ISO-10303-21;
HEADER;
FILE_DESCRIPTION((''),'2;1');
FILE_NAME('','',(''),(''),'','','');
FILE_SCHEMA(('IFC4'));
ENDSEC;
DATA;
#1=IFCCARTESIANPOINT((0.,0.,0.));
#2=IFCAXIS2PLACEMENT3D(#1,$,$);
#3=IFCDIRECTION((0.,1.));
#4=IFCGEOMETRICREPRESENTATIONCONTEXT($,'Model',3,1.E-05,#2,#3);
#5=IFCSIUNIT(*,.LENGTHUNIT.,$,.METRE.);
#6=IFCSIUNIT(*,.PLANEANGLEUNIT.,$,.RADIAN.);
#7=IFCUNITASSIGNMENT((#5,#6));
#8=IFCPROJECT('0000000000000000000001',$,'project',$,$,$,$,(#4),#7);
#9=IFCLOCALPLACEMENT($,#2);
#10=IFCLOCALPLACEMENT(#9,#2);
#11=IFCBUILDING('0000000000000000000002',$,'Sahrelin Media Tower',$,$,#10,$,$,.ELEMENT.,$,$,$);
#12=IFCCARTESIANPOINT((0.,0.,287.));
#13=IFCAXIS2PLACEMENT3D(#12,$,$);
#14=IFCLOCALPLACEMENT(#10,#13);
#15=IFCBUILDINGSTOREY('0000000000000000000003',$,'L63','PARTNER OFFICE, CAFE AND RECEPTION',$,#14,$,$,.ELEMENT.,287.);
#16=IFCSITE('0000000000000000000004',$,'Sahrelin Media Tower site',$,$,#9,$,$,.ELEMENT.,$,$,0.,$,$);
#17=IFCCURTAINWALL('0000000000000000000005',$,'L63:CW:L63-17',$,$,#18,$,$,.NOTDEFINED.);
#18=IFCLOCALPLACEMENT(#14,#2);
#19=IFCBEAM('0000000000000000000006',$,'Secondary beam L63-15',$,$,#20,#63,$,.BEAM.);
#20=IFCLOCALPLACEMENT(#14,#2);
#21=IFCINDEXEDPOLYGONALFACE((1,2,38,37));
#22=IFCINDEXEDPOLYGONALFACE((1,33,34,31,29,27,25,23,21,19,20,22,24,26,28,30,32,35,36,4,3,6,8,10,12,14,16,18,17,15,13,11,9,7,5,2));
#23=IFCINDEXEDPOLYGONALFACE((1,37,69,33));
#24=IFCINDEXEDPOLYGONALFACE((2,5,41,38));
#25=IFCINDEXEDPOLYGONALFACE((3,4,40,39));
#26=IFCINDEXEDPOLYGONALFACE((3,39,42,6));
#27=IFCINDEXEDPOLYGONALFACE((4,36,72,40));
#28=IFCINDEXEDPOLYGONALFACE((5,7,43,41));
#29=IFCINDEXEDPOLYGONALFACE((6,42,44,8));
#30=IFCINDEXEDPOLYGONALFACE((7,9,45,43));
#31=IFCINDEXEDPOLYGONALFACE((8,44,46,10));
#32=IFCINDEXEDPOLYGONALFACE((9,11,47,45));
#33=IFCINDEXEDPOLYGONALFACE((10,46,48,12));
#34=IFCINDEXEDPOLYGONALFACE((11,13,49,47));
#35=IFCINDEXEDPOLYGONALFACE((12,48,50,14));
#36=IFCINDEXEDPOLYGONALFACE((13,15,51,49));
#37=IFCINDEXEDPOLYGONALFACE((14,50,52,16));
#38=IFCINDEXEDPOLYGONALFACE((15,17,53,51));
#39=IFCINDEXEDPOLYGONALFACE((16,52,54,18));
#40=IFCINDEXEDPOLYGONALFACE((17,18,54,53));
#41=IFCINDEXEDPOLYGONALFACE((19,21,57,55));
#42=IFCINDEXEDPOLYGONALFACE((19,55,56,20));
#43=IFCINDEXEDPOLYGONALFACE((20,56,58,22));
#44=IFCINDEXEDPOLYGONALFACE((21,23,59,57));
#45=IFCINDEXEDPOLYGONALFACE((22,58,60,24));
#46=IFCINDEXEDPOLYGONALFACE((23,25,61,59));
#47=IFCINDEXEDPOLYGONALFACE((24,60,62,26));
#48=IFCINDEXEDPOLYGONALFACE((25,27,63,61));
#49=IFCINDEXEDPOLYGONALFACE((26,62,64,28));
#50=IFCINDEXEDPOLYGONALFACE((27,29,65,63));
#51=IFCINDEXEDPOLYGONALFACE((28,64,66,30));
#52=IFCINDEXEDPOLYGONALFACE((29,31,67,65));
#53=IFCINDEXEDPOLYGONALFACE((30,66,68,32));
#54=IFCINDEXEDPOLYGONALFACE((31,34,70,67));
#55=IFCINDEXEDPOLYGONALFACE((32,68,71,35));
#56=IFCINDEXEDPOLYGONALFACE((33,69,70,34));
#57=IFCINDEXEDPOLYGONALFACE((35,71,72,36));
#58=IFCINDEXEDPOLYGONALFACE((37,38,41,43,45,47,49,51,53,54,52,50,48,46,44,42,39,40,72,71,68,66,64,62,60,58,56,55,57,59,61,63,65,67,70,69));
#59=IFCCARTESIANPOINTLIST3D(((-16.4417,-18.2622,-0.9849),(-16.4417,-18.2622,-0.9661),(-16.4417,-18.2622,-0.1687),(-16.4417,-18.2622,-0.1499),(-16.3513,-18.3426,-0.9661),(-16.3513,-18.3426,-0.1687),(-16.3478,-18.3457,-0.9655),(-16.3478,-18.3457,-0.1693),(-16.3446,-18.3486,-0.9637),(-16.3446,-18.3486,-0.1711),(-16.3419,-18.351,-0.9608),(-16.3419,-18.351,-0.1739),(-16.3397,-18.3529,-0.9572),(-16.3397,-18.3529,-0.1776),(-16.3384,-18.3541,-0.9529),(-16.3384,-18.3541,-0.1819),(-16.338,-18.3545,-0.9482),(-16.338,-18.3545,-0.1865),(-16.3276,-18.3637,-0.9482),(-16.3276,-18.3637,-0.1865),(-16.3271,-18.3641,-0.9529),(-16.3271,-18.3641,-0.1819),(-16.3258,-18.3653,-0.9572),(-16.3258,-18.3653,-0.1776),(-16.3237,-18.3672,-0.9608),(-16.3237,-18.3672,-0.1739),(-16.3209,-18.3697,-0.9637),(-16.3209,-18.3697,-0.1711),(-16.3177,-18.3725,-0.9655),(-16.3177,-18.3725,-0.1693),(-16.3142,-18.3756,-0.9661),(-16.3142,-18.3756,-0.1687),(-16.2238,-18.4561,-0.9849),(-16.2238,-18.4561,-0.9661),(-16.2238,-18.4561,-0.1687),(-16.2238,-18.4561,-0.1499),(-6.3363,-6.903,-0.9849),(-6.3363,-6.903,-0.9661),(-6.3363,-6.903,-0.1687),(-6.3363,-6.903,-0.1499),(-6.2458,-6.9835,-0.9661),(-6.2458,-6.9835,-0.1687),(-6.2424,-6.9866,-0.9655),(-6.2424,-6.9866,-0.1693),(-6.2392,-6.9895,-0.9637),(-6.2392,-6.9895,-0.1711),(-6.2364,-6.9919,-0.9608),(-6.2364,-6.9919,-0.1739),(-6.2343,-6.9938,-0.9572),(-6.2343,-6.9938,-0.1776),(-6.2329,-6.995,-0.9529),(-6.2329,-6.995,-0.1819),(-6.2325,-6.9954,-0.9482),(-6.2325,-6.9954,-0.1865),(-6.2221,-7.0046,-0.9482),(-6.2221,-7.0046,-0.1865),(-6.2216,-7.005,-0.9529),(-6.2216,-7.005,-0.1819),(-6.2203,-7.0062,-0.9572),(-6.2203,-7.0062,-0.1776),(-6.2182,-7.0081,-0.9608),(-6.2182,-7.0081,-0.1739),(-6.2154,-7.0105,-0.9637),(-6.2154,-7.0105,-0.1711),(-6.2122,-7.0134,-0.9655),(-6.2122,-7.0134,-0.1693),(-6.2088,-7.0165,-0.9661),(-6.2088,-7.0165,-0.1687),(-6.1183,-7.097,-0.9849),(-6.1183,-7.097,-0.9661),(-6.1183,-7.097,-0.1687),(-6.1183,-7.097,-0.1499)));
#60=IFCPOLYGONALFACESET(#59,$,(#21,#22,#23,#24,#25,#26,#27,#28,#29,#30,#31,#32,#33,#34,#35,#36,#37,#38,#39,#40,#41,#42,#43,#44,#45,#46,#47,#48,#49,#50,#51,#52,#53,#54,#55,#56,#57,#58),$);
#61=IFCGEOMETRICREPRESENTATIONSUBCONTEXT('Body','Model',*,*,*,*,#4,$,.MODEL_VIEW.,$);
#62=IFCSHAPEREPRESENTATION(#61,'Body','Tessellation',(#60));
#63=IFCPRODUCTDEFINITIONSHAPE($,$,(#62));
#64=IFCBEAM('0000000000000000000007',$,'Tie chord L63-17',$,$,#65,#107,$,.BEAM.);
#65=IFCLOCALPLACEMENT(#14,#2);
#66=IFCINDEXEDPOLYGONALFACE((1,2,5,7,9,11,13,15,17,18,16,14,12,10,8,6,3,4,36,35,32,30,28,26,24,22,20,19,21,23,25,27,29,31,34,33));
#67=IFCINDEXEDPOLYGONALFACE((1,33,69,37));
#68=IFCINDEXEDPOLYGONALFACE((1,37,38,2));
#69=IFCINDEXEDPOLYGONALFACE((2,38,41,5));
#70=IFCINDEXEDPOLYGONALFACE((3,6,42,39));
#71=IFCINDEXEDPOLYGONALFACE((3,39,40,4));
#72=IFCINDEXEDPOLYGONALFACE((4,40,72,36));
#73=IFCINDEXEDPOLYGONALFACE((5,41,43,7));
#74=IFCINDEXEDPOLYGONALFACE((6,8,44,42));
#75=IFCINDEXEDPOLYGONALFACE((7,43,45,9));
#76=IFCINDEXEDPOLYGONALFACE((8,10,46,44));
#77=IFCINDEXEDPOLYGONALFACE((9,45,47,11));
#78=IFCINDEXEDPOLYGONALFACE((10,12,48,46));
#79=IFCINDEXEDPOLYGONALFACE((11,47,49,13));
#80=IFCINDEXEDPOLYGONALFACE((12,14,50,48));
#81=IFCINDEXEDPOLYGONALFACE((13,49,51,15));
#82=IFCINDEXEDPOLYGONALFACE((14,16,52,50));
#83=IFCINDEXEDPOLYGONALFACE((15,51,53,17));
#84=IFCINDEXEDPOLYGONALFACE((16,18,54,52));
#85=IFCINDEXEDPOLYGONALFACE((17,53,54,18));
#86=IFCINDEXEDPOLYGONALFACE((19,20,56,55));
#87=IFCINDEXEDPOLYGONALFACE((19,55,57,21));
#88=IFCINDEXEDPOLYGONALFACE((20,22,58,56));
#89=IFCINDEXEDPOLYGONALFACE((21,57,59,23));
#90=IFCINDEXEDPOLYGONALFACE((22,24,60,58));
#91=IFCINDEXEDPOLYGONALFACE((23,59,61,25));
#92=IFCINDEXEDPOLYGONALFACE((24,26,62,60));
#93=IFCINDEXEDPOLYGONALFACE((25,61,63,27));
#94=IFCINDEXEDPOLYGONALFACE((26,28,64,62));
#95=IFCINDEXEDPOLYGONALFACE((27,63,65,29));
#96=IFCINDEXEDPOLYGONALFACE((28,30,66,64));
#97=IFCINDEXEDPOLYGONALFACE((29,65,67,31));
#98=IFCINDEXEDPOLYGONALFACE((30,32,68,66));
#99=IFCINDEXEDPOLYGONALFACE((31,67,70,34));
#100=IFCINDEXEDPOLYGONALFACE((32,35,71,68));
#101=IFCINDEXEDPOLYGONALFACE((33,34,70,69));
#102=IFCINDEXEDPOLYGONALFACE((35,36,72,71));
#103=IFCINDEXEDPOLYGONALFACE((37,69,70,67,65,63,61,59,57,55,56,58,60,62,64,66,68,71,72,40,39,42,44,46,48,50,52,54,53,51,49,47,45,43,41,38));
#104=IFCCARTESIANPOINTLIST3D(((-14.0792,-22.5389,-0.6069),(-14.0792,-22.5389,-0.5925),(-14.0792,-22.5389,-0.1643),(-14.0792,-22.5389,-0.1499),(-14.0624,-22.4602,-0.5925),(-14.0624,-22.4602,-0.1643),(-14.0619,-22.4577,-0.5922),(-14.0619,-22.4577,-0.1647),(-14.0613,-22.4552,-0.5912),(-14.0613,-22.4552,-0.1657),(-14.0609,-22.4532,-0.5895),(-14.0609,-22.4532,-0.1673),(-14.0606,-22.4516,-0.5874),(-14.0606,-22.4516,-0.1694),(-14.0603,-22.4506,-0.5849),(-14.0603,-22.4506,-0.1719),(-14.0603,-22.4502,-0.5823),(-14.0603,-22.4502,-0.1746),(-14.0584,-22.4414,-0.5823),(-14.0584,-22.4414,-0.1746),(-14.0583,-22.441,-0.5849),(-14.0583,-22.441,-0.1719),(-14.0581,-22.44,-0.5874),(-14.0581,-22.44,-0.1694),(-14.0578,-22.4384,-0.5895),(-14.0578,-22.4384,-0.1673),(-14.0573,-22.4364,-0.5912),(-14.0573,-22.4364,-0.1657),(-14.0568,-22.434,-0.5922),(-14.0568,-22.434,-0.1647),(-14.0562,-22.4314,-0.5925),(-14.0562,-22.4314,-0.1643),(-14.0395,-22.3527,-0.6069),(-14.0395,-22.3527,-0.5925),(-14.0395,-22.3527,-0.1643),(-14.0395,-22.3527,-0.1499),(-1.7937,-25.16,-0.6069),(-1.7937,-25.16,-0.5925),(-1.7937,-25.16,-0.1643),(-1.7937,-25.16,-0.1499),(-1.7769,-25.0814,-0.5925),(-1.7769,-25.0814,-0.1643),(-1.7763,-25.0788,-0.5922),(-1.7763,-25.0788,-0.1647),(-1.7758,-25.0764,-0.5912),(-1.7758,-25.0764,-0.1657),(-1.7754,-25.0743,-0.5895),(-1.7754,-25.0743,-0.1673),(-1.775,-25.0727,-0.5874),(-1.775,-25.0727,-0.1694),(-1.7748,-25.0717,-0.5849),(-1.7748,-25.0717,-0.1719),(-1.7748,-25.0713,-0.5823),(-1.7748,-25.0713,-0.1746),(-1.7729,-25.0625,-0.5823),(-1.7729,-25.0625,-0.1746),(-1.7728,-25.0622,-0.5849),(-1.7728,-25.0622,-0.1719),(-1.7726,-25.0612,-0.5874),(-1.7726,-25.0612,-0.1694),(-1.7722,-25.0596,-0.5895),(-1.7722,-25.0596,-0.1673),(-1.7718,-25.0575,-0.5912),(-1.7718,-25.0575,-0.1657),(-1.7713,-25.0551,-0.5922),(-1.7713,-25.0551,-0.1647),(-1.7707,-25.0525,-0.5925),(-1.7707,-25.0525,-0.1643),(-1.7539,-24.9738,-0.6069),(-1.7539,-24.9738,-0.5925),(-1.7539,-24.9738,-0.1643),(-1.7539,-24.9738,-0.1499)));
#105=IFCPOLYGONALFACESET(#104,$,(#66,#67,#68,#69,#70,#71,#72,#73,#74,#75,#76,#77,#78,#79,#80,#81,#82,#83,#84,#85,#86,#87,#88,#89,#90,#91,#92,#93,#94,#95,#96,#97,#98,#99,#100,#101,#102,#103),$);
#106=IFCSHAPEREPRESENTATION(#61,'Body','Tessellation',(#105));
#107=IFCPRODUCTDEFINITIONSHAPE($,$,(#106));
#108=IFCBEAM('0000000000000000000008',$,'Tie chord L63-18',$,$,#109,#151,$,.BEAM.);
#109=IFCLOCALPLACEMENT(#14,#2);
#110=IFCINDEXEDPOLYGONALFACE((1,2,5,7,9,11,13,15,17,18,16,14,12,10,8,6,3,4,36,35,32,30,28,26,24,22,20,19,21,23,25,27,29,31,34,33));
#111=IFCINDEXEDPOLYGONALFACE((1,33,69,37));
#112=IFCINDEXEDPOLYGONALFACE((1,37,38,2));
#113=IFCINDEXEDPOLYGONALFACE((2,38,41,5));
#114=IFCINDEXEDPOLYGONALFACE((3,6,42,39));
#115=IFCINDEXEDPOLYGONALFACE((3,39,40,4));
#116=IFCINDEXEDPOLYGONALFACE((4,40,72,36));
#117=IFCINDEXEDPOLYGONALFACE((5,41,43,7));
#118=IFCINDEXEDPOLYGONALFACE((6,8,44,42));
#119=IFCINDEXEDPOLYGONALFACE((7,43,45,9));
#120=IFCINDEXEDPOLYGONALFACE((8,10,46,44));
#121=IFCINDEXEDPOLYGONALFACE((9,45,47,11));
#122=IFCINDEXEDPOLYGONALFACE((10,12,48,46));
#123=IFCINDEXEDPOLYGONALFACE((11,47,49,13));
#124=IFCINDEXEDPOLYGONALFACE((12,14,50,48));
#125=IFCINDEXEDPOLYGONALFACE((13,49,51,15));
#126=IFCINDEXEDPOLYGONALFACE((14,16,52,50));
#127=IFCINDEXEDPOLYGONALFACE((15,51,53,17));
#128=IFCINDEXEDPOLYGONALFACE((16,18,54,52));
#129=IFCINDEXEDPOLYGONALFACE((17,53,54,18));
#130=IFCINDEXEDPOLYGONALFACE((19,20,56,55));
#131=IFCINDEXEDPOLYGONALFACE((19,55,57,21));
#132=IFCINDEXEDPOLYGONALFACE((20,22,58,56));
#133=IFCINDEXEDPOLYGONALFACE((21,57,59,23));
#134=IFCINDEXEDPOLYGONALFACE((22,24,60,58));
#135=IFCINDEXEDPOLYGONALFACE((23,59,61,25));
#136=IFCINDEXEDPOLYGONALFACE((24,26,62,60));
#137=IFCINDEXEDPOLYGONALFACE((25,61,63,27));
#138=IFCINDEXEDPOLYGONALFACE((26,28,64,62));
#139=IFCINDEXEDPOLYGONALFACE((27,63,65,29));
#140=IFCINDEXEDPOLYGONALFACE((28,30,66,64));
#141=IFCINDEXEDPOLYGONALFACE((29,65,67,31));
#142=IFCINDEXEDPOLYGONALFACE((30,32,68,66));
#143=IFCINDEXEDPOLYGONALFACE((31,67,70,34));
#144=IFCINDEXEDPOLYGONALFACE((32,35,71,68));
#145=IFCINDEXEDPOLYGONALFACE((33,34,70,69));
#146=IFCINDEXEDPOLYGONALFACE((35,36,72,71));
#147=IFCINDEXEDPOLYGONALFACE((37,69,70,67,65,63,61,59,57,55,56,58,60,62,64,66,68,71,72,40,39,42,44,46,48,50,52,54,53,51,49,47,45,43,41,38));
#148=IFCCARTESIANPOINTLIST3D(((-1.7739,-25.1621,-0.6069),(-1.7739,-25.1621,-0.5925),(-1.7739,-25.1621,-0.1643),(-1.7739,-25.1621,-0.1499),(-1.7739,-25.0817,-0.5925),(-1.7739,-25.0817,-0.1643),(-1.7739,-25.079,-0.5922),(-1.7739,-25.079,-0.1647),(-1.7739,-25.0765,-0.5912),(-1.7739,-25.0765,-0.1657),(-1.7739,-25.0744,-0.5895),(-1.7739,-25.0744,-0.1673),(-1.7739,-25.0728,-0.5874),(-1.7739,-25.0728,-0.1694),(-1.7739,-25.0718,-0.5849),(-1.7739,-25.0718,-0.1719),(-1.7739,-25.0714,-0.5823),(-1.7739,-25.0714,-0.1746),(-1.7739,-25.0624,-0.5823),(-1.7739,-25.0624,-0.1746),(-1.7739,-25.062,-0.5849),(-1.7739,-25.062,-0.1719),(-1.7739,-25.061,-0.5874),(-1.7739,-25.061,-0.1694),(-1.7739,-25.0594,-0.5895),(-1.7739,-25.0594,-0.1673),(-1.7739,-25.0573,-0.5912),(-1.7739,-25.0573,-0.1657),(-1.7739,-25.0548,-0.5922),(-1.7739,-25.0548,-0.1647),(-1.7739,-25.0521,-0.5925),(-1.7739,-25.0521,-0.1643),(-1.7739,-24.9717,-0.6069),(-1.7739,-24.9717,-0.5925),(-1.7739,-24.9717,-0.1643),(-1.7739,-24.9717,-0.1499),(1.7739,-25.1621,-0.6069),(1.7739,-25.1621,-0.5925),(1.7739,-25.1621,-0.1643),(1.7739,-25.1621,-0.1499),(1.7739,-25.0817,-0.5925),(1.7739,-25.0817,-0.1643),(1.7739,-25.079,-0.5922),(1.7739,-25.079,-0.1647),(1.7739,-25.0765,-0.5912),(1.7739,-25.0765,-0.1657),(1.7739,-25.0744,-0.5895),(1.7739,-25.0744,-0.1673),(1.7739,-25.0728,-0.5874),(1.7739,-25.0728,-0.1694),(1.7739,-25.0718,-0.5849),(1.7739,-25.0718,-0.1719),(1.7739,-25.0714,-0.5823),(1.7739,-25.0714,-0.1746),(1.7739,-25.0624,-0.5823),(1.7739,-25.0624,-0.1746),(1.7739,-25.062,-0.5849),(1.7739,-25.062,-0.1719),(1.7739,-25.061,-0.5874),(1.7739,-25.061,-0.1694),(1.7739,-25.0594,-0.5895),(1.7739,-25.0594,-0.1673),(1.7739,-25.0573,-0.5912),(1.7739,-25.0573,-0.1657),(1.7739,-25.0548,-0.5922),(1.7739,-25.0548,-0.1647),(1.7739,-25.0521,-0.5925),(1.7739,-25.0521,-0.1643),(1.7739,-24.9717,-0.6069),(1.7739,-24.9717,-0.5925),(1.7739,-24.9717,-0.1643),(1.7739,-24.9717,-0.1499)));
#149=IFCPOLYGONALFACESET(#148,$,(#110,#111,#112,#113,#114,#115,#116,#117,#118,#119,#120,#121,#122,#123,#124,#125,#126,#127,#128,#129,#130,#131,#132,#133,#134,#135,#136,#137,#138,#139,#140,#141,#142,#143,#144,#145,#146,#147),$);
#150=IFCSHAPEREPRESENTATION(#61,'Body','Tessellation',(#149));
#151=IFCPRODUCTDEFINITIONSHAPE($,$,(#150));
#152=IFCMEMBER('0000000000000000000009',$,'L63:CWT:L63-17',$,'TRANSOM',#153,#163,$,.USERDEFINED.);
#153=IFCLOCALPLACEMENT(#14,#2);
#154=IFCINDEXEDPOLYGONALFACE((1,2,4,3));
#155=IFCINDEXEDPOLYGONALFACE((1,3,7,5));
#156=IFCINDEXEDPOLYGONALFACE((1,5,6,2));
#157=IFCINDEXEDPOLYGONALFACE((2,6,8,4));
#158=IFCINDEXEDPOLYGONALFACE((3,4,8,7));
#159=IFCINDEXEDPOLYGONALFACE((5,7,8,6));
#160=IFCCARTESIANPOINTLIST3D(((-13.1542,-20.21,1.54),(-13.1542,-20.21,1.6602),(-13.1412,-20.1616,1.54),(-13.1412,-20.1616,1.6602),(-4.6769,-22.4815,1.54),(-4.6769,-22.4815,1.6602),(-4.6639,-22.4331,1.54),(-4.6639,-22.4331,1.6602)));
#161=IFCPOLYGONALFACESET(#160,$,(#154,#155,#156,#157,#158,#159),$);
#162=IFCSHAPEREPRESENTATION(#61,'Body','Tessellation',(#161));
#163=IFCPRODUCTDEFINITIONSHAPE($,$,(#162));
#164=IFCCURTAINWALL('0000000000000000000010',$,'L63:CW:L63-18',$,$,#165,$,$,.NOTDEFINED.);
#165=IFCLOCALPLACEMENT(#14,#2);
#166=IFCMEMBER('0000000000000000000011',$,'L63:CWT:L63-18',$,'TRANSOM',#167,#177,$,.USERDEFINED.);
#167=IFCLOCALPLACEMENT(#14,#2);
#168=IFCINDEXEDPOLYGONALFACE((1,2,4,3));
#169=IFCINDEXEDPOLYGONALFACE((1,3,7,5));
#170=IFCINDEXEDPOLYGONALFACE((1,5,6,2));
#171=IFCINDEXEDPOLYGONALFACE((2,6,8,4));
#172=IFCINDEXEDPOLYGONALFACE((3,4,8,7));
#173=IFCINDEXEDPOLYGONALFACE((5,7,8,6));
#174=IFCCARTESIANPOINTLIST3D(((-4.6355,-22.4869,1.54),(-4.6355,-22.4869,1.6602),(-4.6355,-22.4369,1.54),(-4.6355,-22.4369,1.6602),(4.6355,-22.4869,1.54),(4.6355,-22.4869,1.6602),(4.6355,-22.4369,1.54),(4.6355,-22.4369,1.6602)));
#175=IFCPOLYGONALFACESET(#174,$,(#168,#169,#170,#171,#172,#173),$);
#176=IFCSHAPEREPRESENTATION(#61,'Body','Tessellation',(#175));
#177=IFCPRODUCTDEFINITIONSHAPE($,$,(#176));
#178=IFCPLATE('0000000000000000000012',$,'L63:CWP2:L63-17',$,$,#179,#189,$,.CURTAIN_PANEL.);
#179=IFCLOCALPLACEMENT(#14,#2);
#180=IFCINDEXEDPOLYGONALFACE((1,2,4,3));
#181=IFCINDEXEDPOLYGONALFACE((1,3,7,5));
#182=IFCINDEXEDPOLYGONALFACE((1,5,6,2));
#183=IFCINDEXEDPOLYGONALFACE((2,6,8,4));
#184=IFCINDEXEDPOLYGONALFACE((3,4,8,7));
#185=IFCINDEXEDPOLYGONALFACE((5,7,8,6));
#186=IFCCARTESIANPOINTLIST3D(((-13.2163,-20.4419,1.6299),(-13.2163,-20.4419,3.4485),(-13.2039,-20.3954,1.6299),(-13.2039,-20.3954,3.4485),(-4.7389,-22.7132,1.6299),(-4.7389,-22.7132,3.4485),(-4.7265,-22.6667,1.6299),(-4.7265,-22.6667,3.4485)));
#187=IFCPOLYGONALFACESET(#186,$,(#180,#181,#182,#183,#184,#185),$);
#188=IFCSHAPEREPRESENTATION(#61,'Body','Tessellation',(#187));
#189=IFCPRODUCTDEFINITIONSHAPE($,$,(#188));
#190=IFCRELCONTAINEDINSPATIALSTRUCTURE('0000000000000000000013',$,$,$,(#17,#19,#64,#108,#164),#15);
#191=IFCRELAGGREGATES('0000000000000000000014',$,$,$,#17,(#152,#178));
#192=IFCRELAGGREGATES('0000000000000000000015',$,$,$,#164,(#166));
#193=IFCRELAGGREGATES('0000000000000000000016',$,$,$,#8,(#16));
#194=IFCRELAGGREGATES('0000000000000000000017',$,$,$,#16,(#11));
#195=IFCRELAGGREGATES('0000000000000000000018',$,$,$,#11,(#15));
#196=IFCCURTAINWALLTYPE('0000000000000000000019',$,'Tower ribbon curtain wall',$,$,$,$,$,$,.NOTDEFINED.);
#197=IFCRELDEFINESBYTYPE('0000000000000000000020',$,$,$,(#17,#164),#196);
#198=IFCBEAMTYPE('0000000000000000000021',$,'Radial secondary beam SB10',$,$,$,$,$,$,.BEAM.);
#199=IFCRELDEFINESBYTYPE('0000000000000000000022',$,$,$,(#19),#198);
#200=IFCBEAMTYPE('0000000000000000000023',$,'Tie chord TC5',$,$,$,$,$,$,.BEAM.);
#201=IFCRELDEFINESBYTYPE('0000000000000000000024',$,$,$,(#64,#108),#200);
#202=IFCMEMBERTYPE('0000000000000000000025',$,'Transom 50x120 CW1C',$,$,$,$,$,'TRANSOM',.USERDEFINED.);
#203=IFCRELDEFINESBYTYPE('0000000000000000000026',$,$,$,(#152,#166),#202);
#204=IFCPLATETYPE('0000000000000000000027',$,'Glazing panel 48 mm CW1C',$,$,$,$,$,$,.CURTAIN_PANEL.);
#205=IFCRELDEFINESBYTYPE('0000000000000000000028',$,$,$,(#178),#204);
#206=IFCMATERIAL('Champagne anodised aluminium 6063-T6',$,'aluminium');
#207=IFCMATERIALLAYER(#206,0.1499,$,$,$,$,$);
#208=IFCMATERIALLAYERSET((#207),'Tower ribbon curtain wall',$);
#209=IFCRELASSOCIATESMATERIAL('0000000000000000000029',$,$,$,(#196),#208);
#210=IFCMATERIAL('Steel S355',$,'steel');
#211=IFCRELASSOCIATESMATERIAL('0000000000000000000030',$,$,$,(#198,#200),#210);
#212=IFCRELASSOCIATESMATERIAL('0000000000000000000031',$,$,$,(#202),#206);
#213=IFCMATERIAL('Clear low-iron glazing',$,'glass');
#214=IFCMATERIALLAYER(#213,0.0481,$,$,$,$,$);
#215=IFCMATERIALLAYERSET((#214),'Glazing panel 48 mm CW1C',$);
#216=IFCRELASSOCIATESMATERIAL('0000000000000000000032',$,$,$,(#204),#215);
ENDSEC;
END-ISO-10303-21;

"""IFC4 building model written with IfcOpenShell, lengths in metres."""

from ifc_helpers import new_model, si_unit, direction, frame, origin, origin_2d, place, context, subcontext, project, spatial, polyline, rectangle, i_section, outline, extrude, material, layer, layer_set, material_profile, profile_set, type_object, element, aggregate, save


model = new_model("IFC4")

# Units and contexts
model_context = context("Model", 3, precision=1e-05, world=origin(), true_north=direction((0.0, 1.0)))
body_context = subcontext(model_context, "Body", "Model", "MODEL_VIEW")
ifc_project = project(units=[si_unit("LENGTHUNIT", "METRE"), si_unit("PLANEANGLEUNIT", "RADIAN")], contexts=[model_context])

# Site, building, storey
site_placement = place(None, origin())
site = spatial("IfcSite", under=ifc_project, at=site_placement, Name="Sahrelin Media Tower site", CompositionType="ELEMENT", RefElevation=0.0)
building_placement = place(site_placement, origin())
building = spatial("IfcBuilding", under=site, at=building_placement, Name="Sahrelin Media Tower", CompositionType="ELEMENT")
storey_placement = place(building_placement, frame((0.0, 0.0, 287.0)))
storey = spatial("IfcBuildingStorey", under=building, at=storey_placement, Name="L63", Description="PARTNER OFFICE, CAFE AND RECEPTION", CompositionType="ELEMENT", Elevation=287.0)

# Shared definitions
ifc_material_1 = material(Name="Steel S355", Category="steel")

# Curtain wall
ifc_material_2 = material(Name="Champagne anodised aluminium 6063-T6", Category="aluminium")
ifc_layer_1 = layer(ifc_material_2, 0.1499)
ifc_layer_set_1 = layer_set([ifc_layer_1], Name="Tower ribbon curtain wall")
curtain_wall_type = type_object("IfcCurtainWallType", Name="Tower ribbon curtain wall", PredefinedType="NOTDEFINED", material=ifc_layer_set_1)
curtain_wall_1_placement = place(storey_placement, frame((-8.9724, -21.5581, 0.0), z_axis=(0.0, 0.0, 1.0), x_axis=(1.0, 0.0, 0.0)))
curtain_wall_1 = element("IfcCurtainWall", 1, at=curtain_wall_1_placement, inside=storey, type_object=curtain_wall_type, Name="L63:CW:L63-17", PredefinedType="NOTDEFINED")

# Beams
ifc_material_profile_1 = material_profile(ifc_material_1, i_section(OverallWidth=0.2917, OverallDepth=0.835, WebThickness=0.0139, FlangeThickness=0.0188, FilletRadius=0.0178, at=origin_2d()), Name="UB 838x292x176")
ifc_profile_set_1 = profile_set([ifc_material_profile_1], Name="Steel S355")
beam_type_1 = type_object("IfcBeamType", Name="Radial secondary beam SB10", PredefinedType="BEAM", material=ifc_profile_set_1)
beam_1_placement = place(storey_placement, frame((-6.2273, -7.0, -0.5674), z_axis=(-0.664675, -0.747133, 0.0), x_axis=(0.747133, -0.664675, 0.0)))
element("IfcBeam", 2, at=beam_1_placement, inside=storey, type_object=beam_type_1, Name="Secondary beam L63-15", PredefinedType="BEAM", context=body_context, shape_type="SweptSolid", body=[
    extrude(i_section(OverallWidth=0.2917, OverallDepth=0.835, WebThickness=0.0139, FlangeThickness=0.0188, FilletRadius=0.0178, at=origin_2d()), origin(), (0.0, 0.0, 1.0), 15.2036),
])
ifc_material_profile_2 = material_profile(ifc_material_1, i_section(OverallWidth=0.1904, OverallDepth=0.457, WebThickness=0.009, FlangeThickness=0.0144, FilletRadius=0.0103, at=origin_2d()), Name="UB 457x191x74")
ifc_profile_set_2 = profile_set([ifc_material_profile_2], Name="Steel S355")
beam_type_2 = type_object("IfcBeamType", Name="Tie chord TC5", PredefinedType="BEAM", material=ifc_profile_set_2)
beam_2_placement = place(storey_placement, frame((-14.0593, -22.4458, -0.3784), z_axis=(0.977989, -0.208654, 0.0), x_axis=(0.208654, 0.977989, 0.0)))
element("IfcBeam", 3, at=beam_2_placement, inside=storey, type_object=beam_type_2, Name="Tie chord L63-17", PredefinedType="BEAM", context=body_context, shape_type="SweptSolid", body=[
    extrude(i_section(OverallWidth=0.1904, OverallDepth=0.457, WebThickness=0.009, FlangeThickness=0.0144, FilletRadius=0.0103, at=origin_2d()), origin(), (0.0, 0.0, 1.0), 12.562),
])
beam_3_placement = place(storey_placement, frame((-1.7739, -25.0669, -0.3784), z_axis=(1.0, 0.0, 0.0), x_axis=(0.0, 1.0, 0.0)))
element("IfcBeam", 4, at=beam_3_placement, inside=storey, type_object=beam_type_2, Name="Tie chord L63-18", PredefinedType="BEAM", context=body_context, shape_type="SweptSolid", body=[
    extrude(i_section(OverallWidth=0.1904, OverallDepth=0.457, WebThickness=0.009, FlangeThickness=0.0144, FilletRadius=0.0103, at=origin_2d()), origin(), (0.0, 0.0, 1.0), 3.5479),
])

# Member
ifc_material_profile_3 = material_profile(ifc_material_2, rectangle(XDim=0.05, YDim=0.1201, at=origin_2d()), Name="Transom 50x120")
ifc_profile_set_3 = profile_set([ifc_material_profile_3], Name="Champagne anodised aluminium 6063-T6")
member_type_1 = type_object("IfcMemberType", Name="Transom 50x120 CW1C", ElementType="TRANSOM", PredefinedType="USERDEFINED", material=ifc_profile_set_3)
member_1_placement = place(storey_placement, frame((-13.1477, -20.1858, 1.6001), z_axis=(0.965926, -0.258819, 0.0), x_axis=(0.258819, 0.965926, 0.0)))
member_1 = element("IfcMember", 5, at=member_1_placement, type_object=member_type_1, Name="L63:CWT:L63-17", ObjectType="TRANSOM", PredefinedType="USERDEFINED", context=body_context, shape_type="SweptSolid", body=[
    extrude(rectangle(XDim=0.05, YDim=0.1201, at=origin_2d()), origin(), (0.0, 0.0, 1.0), 8.7764),
])

# Curtain wall, member
curtain_wall_2_placement = place(storey_placement, frame((0.0, -22.7068, 0.0), z_axis=(0.0, 0.0, 1.0), x_axis=(1.0, 0.0, 0.0)))
curtain_wall_2 = element("IfcCurtainWall", 6, at=curtain_wall_2_placement, inside=storey, type_object=curtain_wall_type, Name="L63:CW:L63-18", PredefinedType="NOTDEFINED")
member_2_placement = place(storey_placement, frame((-4.6355, -22.4619, 1.6001), z_axis=(1.0, 0.0, 0.0), x_axis=(0.0, 1.0, 0.0)))
member_2 = element("IfcMember", 7, at=member_2_placement, type_object=member_type_1, Name="L63:CWT:L63-18", ObjectType="TRANSOM", PredefinedType="USERDEFINED", context=body_context, shape_type="SweptSolid", body=[
    extrude(rectangle(XDim=0.05, YDim=0.1201, at=origin_2d()), origin(), (0.0, 0.0, 1.0), 9.271),
])

# Plate
ifc_material_3 = material(Name="Clear low-iron glazing", Category="glass")
ifc_layer_2 = layer(ifc_material_3, 0.0481)
ifc_layer_set_2 = layer_set([ifc_layer_2], Name="Glazing panel 48 mm CW1C")
plate_type_1 = type_object("IfcPlateType", Name="Glazing panel 48 mm CW1C", PredefinedType="CURTAIN_PANEL", material=ifc_layer_set_2)
plate_1_placement = place(storey_placement, frame((-13.2163, -20.4419, 1.6299), z_axis=(-0.258793, -0.965933, 0.0), x_axis=(0.965933, -0.258793, 0.0)))
plate_1 = element("IfcPlate", 8, at=plate_1_placement, type_object=plate_type_1, Name="L63:CWP2:L63-17", PredefinedType="CURTAIN_PANEL", context=body_context, shape_type="SweptSolid", body=[
    extrude(outline(polyline([(0.0, 0.0), (8.7764, 0.0), (8.7764, 1.8186), (0.0, 1.8186), (0.0, 0.0)])), origin(), (0.0, 0.0, -1.0), 0.0481),
])
aggregate(curtain_wall_1, [member_1, plate_1])
aggregate(curtain_wall_2, [member_2])

save(model, "model.ifc")
